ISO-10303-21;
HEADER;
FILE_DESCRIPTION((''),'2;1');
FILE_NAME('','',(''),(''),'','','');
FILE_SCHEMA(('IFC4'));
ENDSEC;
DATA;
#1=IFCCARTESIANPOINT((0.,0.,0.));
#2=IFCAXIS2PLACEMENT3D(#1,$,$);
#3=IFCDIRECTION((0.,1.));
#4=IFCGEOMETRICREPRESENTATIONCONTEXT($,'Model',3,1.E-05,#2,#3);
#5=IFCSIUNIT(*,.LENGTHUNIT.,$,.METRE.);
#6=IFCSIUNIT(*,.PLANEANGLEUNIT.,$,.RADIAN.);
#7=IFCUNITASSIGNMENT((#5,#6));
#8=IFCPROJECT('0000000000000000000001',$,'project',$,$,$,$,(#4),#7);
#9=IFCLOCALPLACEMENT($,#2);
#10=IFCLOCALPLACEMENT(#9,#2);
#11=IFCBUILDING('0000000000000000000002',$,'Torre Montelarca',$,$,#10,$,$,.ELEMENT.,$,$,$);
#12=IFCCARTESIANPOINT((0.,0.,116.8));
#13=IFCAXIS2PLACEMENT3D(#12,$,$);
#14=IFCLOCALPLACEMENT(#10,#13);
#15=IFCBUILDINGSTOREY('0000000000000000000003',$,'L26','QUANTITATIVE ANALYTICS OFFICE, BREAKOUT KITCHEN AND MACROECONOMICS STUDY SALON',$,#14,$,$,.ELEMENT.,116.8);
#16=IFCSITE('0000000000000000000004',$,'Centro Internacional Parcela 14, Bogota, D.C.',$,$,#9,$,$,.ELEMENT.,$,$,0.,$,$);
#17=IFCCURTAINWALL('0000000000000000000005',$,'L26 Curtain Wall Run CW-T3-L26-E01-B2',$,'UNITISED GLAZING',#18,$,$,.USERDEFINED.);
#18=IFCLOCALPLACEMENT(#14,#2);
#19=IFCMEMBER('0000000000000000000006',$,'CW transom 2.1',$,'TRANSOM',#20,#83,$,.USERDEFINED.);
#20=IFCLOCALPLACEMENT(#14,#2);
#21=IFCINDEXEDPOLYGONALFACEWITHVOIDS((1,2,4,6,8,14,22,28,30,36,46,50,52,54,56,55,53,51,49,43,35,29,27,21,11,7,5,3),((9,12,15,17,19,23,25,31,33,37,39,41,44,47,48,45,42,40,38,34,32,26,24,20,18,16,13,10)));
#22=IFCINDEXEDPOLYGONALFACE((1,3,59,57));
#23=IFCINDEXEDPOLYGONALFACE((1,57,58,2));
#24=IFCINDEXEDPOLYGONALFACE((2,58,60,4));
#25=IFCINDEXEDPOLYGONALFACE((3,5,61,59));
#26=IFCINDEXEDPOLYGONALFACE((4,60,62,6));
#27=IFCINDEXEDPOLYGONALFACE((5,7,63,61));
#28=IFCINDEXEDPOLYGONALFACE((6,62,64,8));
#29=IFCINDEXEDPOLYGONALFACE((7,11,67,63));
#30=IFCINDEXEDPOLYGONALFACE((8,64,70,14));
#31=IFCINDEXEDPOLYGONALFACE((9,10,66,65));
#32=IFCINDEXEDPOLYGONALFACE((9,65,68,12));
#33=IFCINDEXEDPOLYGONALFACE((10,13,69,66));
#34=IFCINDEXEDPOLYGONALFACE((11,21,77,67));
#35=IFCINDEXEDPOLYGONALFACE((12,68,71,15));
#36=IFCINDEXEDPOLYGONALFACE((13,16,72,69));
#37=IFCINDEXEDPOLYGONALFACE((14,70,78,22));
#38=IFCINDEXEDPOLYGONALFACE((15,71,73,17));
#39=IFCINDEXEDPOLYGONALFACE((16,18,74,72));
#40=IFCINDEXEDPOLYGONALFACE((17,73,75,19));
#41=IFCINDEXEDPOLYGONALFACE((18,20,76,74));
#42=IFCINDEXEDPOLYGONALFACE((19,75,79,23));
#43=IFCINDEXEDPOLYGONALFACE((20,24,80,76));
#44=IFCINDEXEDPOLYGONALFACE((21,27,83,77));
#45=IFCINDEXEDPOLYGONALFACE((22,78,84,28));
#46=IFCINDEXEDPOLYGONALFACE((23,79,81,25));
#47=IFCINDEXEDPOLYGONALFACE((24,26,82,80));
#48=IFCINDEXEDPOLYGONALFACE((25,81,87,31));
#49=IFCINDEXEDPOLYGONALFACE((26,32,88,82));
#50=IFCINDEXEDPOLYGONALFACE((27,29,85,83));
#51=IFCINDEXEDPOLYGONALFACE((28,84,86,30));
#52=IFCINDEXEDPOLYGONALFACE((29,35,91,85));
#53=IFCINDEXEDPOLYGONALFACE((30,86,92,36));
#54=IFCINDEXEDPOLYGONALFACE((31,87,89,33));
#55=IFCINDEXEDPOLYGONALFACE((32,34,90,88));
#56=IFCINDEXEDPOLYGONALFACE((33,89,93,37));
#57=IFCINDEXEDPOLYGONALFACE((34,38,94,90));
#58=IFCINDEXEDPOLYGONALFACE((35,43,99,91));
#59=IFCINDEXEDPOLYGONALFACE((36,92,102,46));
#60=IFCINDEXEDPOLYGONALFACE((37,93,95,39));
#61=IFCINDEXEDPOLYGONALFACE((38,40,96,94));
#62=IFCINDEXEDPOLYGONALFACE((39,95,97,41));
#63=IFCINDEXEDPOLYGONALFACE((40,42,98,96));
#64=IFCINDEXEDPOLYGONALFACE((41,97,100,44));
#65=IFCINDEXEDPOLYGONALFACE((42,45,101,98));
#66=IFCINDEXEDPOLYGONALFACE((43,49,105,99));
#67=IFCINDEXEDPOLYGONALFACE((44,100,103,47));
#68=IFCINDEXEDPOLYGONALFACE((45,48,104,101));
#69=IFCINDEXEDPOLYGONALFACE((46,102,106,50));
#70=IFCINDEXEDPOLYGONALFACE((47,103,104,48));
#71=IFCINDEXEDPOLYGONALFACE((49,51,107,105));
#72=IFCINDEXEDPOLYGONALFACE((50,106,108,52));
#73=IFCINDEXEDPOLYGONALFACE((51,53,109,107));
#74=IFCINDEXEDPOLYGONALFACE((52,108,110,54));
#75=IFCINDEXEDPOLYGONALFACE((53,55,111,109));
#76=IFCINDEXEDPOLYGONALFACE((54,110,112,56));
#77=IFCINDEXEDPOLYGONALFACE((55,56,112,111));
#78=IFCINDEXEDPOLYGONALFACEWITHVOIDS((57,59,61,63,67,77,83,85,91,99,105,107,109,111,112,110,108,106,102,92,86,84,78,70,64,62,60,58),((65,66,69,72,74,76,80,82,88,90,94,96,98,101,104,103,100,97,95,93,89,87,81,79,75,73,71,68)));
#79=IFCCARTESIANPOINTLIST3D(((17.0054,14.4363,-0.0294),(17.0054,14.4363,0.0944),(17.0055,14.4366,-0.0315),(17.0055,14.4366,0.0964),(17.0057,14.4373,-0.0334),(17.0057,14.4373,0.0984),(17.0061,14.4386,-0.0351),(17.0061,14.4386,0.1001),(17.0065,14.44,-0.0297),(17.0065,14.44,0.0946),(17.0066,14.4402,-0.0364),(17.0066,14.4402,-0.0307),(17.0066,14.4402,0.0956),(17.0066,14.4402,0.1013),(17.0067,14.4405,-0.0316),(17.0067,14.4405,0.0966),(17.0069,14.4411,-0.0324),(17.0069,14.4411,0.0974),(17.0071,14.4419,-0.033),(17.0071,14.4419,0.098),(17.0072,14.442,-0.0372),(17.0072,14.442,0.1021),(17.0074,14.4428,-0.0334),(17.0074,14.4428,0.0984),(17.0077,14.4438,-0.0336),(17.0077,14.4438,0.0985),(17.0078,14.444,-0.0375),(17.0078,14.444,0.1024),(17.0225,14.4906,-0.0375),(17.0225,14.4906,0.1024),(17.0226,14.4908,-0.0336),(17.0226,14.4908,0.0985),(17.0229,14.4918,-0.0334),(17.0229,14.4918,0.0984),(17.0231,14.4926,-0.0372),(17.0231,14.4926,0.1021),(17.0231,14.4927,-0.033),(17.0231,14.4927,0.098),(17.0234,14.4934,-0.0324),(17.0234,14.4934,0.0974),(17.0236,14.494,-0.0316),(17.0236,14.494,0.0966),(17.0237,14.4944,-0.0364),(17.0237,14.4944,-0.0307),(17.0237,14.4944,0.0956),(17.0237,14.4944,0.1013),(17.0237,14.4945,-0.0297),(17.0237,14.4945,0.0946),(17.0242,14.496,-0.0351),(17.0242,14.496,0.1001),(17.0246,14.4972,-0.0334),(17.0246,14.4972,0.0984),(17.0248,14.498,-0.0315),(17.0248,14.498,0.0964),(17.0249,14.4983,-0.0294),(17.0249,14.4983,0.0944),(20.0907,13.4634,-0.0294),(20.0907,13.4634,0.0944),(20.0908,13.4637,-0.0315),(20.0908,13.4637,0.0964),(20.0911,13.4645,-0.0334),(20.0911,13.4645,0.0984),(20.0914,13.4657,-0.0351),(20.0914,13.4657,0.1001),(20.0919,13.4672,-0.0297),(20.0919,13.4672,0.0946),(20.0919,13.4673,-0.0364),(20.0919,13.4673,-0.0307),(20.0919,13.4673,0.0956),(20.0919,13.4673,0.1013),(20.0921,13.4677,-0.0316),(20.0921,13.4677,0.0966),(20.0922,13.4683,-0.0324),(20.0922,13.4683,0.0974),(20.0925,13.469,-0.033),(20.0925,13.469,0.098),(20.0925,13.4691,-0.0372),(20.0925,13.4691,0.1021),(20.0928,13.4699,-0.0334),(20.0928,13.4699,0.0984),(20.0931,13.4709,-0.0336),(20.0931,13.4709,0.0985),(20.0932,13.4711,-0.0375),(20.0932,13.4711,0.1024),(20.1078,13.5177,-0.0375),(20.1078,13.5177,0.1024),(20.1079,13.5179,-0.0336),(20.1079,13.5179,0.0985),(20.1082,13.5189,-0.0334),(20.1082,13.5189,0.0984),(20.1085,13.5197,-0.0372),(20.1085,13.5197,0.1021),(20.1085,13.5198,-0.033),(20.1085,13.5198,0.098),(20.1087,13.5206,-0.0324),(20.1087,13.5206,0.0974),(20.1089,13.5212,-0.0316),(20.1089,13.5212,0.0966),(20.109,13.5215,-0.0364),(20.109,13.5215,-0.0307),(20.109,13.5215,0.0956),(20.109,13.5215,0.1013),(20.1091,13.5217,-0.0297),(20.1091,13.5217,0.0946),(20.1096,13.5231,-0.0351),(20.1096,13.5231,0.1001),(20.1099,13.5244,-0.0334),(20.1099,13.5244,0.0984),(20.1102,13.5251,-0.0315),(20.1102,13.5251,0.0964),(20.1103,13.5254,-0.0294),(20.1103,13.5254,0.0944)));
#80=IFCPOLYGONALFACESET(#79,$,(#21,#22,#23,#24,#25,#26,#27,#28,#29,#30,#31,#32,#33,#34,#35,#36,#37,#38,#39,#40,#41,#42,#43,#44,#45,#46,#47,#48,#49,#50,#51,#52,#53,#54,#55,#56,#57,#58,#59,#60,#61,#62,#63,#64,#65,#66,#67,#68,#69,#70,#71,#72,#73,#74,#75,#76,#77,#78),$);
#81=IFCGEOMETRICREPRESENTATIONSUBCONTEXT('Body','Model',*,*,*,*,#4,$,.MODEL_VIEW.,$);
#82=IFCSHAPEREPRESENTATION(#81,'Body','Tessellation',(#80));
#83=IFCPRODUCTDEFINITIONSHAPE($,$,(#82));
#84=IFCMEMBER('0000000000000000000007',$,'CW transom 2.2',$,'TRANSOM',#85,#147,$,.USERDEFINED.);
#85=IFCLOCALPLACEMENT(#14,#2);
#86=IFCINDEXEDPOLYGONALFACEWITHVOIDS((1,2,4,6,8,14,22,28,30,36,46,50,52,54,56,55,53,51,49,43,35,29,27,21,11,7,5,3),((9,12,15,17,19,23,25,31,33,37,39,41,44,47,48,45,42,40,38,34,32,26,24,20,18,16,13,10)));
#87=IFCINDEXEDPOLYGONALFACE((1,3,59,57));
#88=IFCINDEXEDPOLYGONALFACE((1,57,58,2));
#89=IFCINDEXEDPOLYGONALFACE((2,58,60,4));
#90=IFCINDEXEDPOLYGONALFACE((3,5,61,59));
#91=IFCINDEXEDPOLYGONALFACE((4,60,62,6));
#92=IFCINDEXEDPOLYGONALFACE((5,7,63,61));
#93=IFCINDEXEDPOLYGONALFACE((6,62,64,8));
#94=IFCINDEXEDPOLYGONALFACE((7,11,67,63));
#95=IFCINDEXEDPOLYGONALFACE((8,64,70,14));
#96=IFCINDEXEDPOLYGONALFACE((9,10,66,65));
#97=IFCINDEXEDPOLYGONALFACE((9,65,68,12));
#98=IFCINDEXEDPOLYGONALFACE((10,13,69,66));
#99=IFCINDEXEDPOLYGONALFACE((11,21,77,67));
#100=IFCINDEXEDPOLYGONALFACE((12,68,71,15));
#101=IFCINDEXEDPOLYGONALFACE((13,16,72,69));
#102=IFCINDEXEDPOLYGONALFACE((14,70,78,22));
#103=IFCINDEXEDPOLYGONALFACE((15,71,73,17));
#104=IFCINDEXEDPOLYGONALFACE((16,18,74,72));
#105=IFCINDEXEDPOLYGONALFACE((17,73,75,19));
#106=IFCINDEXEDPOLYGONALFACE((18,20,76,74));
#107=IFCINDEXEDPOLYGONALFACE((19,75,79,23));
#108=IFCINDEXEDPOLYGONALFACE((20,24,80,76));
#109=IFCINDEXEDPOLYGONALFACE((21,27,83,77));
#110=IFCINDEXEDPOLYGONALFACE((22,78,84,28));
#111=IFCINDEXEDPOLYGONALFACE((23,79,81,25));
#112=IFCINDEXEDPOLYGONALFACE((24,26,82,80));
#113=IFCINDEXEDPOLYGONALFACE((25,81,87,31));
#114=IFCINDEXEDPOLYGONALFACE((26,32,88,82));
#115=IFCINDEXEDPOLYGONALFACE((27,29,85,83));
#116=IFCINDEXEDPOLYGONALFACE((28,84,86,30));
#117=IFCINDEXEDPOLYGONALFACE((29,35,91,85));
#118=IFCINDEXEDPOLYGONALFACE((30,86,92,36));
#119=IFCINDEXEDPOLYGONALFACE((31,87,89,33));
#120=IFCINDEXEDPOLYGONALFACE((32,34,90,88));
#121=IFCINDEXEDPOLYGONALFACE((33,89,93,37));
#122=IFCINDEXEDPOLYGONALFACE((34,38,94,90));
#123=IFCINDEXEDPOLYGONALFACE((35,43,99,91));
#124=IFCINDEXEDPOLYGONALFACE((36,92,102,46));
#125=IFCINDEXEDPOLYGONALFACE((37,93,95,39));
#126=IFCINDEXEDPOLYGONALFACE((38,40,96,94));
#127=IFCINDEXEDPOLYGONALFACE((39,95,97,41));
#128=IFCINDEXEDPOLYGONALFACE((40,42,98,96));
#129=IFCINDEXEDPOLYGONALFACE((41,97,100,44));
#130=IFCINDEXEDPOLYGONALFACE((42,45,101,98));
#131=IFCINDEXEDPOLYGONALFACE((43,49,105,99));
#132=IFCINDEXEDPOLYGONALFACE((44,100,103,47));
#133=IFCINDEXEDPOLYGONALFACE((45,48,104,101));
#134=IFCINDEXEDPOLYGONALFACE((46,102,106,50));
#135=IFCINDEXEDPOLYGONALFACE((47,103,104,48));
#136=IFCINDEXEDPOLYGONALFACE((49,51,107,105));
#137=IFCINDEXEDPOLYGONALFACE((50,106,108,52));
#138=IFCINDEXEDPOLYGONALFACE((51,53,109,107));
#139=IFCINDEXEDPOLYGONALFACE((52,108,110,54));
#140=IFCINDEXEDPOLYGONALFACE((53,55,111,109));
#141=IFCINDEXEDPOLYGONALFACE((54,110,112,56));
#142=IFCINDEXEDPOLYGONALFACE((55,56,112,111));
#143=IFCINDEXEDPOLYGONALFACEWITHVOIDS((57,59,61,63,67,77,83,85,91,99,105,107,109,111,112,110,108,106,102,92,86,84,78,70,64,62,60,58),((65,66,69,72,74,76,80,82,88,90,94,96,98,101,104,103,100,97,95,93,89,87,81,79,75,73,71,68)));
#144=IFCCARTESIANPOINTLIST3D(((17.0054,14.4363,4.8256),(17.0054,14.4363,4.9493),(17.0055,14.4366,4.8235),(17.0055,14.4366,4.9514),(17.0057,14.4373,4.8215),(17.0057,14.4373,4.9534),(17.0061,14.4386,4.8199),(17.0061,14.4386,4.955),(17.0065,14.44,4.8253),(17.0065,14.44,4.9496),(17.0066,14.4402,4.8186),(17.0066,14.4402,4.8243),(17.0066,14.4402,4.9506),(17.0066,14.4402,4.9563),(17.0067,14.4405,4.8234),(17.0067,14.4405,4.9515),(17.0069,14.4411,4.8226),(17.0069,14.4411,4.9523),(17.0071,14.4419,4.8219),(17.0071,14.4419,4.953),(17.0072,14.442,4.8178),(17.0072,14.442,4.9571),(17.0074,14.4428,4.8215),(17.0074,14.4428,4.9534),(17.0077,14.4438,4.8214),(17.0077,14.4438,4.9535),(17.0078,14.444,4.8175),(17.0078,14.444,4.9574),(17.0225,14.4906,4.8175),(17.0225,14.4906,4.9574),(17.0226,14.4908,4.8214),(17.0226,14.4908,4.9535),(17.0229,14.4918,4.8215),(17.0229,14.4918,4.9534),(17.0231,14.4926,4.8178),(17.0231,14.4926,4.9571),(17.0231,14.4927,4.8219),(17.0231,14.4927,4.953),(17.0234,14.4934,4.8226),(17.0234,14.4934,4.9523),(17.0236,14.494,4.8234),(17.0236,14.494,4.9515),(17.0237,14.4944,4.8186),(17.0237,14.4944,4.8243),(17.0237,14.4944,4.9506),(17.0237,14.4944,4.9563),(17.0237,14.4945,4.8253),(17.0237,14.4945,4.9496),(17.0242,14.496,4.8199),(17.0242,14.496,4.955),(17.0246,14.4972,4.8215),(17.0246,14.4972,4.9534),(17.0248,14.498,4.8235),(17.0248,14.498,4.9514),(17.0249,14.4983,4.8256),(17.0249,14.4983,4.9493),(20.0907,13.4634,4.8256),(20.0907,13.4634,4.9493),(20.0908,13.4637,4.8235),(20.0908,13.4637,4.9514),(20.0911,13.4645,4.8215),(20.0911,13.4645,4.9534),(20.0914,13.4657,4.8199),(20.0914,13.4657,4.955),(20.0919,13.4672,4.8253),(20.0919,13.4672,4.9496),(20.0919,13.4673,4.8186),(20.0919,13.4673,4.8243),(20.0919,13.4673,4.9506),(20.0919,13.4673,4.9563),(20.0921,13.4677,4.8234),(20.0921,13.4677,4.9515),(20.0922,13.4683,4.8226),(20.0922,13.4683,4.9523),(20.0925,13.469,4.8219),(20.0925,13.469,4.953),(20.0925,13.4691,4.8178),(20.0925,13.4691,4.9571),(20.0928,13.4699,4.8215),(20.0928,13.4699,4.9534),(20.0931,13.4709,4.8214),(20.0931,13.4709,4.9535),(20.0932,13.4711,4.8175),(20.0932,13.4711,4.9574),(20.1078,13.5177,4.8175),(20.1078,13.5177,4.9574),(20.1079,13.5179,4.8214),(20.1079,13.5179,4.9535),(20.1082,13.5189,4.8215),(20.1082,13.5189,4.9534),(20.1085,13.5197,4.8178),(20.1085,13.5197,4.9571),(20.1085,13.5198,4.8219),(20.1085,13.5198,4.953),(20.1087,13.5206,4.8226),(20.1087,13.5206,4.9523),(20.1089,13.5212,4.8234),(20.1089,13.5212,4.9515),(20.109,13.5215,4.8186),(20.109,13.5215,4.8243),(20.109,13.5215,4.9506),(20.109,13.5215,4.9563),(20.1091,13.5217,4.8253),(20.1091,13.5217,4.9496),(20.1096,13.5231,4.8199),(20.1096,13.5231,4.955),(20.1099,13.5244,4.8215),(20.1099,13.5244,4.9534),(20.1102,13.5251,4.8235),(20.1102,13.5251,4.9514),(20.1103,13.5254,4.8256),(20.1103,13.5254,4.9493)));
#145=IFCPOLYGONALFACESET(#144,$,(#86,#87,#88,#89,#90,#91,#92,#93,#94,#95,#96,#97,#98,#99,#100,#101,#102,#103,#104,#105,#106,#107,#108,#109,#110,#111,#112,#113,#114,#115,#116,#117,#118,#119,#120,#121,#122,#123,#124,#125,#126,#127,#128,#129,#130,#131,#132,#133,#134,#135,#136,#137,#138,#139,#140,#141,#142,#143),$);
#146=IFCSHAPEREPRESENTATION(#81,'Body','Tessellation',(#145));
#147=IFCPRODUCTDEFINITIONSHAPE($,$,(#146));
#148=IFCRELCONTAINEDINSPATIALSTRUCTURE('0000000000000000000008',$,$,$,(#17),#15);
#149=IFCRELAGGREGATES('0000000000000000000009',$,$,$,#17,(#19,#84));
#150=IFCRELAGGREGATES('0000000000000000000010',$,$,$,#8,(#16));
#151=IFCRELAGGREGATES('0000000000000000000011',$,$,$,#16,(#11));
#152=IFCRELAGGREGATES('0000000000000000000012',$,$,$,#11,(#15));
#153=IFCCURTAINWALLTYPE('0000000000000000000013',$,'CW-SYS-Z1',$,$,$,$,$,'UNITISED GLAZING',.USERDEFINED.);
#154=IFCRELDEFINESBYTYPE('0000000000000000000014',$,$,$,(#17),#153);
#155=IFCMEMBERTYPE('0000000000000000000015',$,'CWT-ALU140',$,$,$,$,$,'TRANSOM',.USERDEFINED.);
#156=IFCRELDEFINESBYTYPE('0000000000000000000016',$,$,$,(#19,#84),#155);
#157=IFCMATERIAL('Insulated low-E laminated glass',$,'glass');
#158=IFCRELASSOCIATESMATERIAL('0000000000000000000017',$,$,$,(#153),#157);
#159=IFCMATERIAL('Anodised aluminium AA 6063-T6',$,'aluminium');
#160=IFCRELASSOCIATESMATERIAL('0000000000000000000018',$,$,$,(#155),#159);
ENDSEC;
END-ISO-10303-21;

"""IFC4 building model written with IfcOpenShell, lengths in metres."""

from ifc_helpers import new_model, si_unit, direction, frame, origin, origin_2d, place, context, subcontext, project, spatial, hollow_rectangle, extrude, source, transform, mapped, material, material_profile, profile_set, type_object, element, aggregate, save


model = new_model("IFC4")

# Units and contexts
model_context = context("Model", 3, precision=1e-05, world=origin(), true_north=direction((0.0, 1.0)))
body_context = subcontext(model_context, "Body", "Model", "MODEL_VIEW")
ifc_project = project(units=[si_unit("LENGTHUNIT", "METRE"), si_unit("PLANEANGLEUNIT", "RADIAN")], contexts=[model_context])

# Site, building, storey
site_placement = place(None, origin())
site = spatial("IfcSite", under=ifc_project, at=site_placement, Name="Centro Internacional Parcela 14, Bogota, D.C.", CompositionType="ELEMENT", RefElevation=0.0)
building_placement = place(site_placement, origin())
building = spatial("IfcBuilding", under=site, at=building_placement, Name="Torre Montelarca", CompositionType="ELEMENT")
storey_placement = place(building_placement, frame((0.0, 0.0, 116.8)))
storey = spatial("IfcBuildingStorey", under=building, at=storey_placement, Name="L26", Description="QUANTITATIVE ANALYTICS OFFICE, BREAKOUT KITCHEN AND MACROECONOMICS STUDY SALON", CompositionType="ELEMENT", Elevation=116.8)

# Curtain wall, members
ifc_material_1 = material(Name="Insulated low-E laminated glass", Category="glass")
curtain_wall_type = type_object("IfcCurtainWallType", Name="CW-SYS-Z1", ElementType="UNITISED GLAZING", PredefinedType="USERDEFINED", material=ifc_material_1)
ifc_material_2 = material(Name="Anodised aluminium AA 6063-T6", Category="aluminium")
ifc_material_profile_1 = material_profile(ifc_material_2, hollow_rectangle(XDim=0.0649, YDim=0.1399, WallThickness=0.0039, InnerFilletRadius=0.0039, OuterFilletRadius=0.0081, at=origin_2d()), Name="ALU65X140X4", Category="aluminium")
ifc_profile_set_1 = profile_set([ifc_material_profile_1], Name="Anodised aluminium AA 6063-T6")
member_type_1 = type_object("IfcMemberType", Name="CWT-ALU140", ElementType="TRANSOM", PredefinedType="USERDEFINED", material=ifc_profile_set_1)
curtain_wall_1_placement = place(storey_placement, origin())
curtain_wall_1 = element("IfcCurtainWall", 1, at=curtain_wall_1_placement, inside=storey, type_object=curtain_wall_type, Name="L26 Curtain Wall Run CW-T3-L26-E01-B2", ObjectType="UNITISED GLAZING", PredefinedType="USERDEFINED")
shared_shape_1 = source(origin(), body_context, "Body", "SweptSolid", [
    extrude(hollow_rectangle(XDim=0.0649, YDim=0.1399, WallThickness=0.0039, InnerFilletRadius=0.0039, OuterFilletRadius=0.0081, at=origin_2d()), origin(), (0.0, 0.0, 1.0), 3.2351),
])
member_1_placement = place(storey_placement, frame((17.0151, 14.4673, 0.0325), z_axis=(0.953711, -0.300723, 0.0), x_axis=(0.300723, 0.953711, 0.0)))
member_1 = element("IfcMember", 2, at=member_1_placement, type_object=member_type_1, Name="CW transom 2.1", ObjectType="TRANSOM", PredefinedType="USERDEFINED", context=body_context, shape_type="MappedRepresentation", body=[
    mapped(shared_shape_1, transform((0.0, 0.0, 0.0), scale=1.0)),
])
member_2_placement = place(storey_placement, frame((17.0151, 14.4673, 4.8875), z_axis=(0.953711, -0.300723, 0.0), x_axis=(0.300723, 0.953711, 0.0)))
member_2 = element("IfcMember", 3, at=member_2_placement, type_object=member_type_1, Name="CW transom 2.2", ObjectType="TRANSOM", PredefinedType="USERDEFINED", context=body_context, shape_type="MappedRepresentation", body=[
    mapped(shared_shape_1, transform((0.0, 0.0, 0.0), scale=1.0)),
])

aggregate(curtain_wall_1, [member_1, member_2])

save(model, "model.ifc")
